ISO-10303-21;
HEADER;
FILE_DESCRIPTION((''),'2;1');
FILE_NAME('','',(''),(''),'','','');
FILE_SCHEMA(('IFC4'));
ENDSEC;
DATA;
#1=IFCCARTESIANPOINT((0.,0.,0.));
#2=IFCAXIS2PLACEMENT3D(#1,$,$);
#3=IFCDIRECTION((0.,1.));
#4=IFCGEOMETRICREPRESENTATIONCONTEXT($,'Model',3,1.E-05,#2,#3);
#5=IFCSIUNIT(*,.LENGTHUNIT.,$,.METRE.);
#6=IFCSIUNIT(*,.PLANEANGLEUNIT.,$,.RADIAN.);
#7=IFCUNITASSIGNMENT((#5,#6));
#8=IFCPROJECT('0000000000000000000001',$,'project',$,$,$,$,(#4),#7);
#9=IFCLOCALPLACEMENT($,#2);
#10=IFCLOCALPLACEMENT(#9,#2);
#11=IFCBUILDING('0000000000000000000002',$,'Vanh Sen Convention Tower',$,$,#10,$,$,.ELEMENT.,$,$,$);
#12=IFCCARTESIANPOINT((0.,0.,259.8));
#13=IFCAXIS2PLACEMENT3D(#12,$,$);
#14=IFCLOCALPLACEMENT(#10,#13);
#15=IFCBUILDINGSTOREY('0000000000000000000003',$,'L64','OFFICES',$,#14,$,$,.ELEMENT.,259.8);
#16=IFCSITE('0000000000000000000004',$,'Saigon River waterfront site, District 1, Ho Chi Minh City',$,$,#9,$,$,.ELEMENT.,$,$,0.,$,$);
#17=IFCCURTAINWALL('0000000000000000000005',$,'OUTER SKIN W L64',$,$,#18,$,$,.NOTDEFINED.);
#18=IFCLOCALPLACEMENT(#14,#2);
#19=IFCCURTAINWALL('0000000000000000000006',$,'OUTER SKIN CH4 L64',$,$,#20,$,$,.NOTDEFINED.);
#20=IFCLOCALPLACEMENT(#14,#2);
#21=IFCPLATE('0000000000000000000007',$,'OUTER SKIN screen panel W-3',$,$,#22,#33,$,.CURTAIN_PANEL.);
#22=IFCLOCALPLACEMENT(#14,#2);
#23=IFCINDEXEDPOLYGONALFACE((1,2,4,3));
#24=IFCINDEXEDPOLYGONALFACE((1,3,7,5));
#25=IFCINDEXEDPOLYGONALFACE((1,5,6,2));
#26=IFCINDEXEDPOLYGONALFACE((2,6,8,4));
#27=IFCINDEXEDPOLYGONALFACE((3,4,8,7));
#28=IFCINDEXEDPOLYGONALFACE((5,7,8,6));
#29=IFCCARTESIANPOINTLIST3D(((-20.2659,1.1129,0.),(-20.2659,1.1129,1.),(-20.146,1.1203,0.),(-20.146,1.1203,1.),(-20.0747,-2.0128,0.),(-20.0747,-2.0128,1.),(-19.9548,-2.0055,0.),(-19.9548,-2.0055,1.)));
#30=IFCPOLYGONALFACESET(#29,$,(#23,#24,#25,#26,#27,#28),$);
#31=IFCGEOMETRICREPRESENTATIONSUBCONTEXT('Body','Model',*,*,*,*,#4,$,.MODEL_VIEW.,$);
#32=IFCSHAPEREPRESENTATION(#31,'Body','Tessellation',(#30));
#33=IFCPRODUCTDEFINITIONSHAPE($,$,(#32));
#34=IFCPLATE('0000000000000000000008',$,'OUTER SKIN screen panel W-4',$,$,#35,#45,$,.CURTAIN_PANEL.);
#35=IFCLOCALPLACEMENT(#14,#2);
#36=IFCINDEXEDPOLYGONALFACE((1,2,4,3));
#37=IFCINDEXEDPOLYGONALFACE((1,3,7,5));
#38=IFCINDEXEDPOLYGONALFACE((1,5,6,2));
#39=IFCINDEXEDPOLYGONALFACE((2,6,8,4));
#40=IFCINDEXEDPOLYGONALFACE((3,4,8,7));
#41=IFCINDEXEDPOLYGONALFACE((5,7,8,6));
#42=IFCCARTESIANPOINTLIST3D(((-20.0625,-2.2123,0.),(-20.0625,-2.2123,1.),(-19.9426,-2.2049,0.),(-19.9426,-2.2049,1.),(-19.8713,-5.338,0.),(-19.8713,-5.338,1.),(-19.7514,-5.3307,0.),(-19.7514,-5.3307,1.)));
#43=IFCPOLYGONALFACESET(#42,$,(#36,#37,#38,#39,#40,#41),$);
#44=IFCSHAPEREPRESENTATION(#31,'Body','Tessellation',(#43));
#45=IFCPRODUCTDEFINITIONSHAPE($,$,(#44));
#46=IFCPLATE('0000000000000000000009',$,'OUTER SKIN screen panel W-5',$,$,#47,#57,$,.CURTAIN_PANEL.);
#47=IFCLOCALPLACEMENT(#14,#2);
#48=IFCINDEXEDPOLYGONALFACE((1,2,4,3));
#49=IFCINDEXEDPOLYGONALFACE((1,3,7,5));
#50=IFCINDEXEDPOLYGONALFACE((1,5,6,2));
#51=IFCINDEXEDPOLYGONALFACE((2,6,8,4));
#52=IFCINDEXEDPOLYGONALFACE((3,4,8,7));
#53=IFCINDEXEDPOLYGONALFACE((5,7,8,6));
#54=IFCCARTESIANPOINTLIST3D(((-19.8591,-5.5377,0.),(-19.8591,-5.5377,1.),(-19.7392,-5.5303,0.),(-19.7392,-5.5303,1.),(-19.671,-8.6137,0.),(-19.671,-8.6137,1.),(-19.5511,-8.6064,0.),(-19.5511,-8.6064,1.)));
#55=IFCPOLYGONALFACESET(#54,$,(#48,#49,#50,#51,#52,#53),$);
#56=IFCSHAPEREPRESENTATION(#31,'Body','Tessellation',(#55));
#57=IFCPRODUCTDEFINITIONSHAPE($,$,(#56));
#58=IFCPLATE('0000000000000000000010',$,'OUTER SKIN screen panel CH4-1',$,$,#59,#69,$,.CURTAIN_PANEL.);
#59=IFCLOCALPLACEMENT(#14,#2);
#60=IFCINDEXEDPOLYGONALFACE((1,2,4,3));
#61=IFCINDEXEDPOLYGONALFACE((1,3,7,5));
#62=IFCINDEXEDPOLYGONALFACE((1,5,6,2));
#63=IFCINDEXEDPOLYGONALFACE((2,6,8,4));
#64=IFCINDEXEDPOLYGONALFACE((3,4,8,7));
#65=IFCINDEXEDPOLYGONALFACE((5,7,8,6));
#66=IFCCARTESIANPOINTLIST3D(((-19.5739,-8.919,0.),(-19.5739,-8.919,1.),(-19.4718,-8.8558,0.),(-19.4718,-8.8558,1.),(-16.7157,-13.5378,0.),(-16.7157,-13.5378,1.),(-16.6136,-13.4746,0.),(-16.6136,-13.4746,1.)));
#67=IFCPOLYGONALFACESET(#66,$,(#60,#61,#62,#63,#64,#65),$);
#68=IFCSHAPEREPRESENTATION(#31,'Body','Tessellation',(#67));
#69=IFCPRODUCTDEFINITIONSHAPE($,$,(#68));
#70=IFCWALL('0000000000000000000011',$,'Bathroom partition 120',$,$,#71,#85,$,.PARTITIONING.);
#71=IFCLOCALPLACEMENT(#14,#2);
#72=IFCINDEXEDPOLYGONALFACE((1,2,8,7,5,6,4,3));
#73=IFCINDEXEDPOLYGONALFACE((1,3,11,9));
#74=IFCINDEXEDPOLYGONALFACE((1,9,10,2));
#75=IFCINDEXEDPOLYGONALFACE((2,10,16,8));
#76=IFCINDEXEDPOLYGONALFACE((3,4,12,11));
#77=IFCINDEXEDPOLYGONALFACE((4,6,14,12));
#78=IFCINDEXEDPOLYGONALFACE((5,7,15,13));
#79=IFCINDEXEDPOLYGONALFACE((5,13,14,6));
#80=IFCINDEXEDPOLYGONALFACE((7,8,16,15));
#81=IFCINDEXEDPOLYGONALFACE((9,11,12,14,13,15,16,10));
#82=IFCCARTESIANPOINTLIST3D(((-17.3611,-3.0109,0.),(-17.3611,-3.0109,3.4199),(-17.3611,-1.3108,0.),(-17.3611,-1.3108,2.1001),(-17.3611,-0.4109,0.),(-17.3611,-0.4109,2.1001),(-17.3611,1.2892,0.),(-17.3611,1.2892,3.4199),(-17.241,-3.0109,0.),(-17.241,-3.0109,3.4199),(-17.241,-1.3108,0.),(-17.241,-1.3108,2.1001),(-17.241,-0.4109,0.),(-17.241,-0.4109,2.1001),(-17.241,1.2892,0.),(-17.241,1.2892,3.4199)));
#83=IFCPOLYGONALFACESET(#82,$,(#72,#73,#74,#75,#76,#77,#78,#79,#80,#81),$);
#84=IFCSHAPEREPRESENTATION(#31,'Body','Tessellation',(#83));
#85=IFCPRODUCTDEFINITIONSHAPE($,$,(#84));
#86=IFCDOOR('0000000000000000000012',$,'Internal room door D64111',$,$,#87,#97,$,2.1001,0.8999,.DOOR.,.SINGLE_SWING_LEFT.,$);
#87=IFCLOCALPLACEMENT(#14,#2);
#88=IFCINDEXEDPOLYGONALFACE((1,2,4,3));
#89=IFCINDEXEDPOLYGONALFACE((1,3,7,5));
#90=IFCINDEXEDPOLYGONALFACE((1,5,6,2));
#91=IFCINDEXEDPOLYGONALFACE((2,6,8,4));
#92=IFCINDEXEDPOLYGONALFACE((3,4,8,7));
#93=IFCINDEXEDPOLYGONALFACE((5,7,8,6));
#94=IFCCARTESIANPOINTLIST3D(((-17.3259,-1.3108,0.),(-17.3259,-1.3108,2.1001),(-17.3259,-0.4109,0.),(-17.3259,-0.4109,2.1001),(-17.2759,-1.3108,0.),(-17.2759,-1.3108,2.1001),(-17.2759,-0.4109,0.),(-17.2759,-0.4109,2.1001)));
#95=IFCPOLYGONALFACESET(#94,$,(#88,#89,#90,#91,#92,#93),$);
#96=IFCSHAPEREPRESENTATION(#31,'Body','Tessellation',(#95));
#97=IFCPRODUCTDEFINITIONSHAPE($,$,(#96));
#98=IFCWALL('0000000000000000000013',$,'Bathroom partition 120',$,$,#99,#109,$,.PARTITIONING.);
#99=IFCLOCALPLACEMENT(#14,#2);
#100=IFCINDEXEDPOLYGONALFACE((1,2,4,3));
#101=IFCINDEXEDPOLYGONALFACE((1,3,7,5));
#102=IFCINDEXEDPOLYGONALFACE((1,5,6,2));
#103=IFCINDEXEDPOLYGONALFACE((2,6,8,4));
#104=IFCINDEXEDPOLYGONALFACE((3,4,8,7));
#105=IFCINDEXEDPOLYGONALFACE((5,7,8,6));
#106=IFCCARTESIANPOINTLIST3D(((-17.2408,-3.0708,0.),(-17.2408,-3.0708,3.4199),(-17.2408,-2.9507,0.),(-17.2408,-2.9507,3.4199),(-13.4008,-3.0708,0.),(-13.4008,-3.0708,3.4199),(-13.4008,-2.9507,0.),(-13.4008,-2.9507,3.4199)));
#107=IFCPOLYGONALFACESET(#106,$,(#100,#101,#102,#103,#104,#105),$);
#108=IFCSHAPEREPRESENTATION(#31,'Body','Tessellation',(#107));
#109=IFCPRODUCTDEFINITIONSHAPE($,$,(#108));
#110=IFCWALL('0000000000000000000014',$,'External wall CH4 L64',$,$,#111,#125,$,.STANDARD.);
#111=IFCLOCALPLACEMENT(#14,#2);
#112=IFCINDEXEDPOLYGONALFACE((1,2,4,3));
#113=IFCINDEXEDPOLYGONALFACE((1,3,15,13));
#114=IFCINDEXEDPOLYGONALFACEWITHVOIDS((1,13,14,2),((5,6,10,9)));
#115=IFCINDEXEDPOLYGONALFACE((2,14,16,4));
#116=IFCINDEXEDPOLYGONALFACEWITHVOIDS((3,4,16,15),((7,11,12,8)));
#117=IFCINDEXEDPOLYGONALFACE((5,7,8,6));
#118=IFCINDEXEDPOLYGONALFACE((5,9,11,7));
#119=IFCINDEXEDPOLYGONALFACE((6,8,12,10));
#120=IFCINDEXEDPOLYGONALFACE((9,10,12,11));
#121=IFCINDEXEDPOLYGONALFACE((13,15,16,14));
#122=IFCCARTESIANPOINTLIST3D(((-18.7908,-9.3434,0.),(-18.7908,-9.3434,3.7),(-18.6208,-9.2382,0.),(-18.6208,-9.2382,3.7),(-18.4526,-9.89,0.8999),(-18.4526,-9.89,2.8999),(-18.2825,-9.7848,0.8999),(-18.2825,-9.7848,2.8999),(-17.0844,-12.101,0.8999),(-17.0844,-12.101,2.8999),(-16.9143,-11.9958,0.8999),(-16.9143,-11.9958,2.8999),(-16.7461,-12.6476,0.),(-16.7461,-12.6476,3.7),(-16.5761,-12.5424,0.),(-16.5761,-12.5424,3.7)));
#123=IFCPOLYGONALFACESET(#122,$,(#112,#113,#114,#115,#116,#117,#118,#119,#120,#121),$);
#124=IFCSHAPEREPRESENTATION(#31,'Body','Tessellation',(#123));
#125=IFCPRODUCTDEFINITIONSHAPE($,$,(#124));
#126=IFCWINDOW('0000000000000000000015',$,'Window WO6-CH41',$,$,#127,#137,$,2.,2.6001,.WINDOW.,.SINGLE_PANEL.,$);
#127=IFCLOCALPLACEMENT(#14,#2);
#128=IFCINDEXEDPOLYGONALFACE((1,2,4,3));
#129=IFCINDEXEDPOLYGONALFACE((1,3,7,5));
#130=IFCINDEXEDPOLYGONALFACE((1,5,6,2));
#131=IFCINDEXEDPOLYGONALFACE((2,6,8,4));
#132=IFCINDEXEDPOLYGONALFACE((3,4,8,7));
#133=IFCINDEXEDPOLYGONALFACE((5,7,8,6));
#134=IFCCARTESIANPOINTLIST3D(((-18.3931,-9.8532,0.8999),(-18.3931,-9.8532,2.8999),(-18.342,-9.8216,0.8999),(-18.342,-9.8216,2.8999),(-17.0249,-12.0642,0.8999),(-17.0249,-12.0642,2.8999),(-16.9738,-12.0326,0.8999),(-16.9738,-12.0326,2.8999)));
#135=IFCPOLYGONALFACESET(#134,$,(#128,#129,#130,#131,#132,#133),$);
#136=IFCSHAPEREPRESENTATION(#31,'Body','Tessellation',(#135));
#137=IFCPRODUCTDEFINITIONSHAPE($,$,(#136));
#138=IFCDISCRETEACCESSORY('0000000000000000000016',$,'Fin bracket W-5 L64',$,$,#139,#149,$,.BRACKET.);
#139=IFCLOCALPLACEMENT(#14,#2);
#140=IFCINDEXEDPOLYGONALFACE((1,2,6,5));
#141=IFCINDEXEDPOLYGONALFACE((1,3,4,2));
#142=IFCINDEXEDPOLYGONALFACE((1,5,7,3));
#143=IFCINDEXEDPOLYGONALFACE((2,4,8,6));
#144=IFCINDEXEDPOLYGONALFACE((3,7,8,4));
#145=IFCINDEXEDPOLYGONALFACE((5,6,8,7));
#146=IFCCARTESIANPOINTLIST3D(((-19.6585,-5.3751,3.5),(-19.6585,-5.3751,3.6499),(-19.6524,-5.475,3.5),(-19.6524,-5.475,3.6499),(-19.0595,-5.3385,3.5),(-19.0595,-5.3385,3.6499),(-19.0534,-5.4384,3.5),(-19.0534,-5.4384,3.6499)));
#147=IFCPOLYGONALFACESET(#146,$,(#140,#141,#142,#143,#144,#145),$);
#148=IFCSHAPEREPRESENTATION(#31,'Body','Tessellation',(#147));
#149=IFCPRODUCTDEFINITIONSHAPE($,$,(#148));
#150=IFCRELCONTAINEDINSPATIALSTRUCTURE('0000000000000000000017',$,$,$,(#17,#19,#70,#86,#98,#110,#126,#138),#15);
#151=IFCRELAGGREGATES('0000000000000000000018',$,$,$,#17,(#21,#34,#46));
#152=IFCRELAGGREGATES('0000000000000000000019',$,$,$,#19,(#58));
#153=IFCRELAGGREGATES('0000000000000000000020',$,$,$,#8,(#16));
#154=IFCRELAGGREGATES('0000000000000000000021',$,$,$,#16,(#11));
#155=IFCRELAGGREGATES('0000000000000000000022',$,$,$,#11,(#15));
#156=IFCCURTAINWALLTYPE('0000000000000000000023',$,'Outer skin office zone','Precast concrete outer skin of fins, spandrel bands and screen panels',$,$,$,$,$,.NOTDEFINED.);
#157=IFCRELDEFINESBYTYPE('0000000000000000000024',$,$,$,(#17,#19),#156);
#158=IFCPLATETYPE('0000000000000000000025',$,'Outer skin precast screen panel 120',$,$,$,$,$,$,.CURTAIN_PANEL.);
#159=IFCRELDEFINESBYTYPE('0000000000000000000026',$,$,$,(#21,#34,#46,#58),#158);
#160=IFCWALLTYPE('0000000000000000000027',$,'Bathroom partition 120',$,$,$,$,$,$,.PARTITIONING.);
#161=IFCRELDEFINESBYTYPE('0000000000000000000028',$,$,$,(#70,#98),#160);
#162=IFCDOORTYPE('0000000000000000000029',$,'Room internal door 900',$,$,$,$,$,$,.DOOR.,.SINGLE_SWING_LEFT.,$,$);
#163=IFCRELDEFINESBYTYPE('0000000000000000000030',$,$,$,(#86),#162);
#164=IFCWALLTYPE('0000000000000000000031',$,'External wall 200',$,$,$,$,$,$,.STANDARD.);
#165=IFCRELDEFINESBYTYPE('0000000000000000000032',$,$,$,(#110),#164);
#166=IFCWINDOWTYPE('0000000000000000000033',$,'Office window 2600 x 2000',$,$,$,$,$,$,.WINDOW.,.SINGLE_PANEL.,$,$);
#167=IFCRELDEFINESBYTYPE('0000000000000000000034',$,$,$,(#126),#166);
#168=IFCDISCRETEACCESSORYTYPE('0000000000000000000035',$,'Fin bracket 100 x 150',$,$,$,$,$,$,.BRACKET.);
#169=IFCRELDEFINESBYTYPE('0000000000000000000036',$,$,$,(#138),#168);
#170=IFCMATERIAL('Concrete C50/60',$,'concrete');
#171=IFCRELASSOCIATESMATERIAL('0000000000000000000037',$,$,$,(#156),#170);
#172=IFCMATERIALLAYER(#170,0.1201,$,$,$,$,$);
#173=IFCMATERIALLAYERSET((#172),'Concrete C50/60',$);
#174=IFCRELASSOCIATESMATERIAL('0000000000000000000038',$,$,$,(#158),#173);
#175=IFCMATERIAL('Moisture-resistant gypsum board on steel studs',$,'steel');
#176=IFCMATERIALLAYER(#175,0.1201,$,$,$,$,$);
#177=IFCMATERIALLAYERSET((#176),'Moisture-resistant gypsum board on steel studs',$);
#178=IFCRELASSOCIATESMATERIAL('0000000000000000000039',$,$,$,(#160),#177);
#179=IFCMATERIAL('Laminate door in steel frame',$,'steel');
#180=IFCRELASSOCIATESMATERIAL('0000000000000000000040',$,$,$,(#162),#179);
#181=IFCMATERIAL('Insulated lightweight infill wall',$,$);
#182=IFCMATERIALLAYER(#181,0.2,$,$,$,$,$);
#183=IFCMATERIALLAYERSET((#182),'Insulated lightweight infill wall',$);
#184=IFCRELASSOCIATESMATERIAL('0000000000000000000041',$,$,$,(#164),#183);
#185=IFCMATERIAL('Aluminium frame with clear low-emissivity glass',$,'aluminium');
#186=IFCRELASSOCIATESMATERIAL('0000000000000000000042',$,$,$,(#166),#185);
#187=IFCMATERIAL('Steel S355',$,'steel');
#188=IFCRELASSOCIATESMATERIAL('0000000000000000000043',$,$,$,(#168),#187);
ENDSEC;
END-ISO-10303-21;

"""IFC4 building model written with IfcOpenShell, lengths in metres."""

from ifc_helpers import new_model, si_unit, direction, frame, frame_2d, origin, origin_2d, place, context, subcontext, project, spatial, rectangle, extrude, material, layer, layer_set, type_object, element, fill, aggregate, save


model = new_model("IFC4")

# Units and contexts
model_context = context("Model", 3, precision=1e-05, world=origin(), true_north=direction((0.0, 1.0)))
body_context = subcontext(model_context, "Body", "Model", "MODEL_VIEW")
ifc_project = project(units=[si_unit("LENGTHUNIT", "METRE"), si_unit("PLANEANGLEUNIT", "RADIAN")], contexts=[model_context])

# Site, building, storey
site_placement = place(None, origin())
site = spatial("IfcSite", under=ifc_project, at=site_placement, Name="Saigon River waterfront site, District 1, Ho Chi Minh City", CompositionType="ELEMENT", RefElevation=0.0)
building_placement = place(site_placement, origin())
building = spatial("IfcBuilding", under=site, at=building_placement, Name="Vanh Sen Convention Tower", CompositionType="ELEMENT")
storey_placement = place(building_placement, frame((0.0, 0.0, 259.8)))
storey = spatial("IfcBuildingStorey", under=building, at=storey_placement, Name="L64", Description="OFFICES", CompositionType="ELEMENT", Elevation=259.8)

# Curtain wall
ifc_material_1 = material(Name="Concrete C50/60", Category="concrete")
curtain_wall_type = type_object("IfcCurtainWallType", Name="Outer skin office zone", Description="Precast concrete outer skin of fins, spandrel bands and screen panels", PredefinedType="NOTDEFINED", material=ifc_material_1)
curtain_wall_1_placement = place(storey_placement, origin())
curtain_wall_1 = element("IfcCurtainWall", 1, at=curtain_wall_1_placement, inside=storey, type_object=curtain_wall_type, Name="OUTER SKIN W L64", PredefinedType="NOTDEFINED")

# Curtain wall
curtain_wall_2_placement = place(storey_placement, origin())
curtain_wall_2 = element("IfcCurtainWall", 2, at=curtain_wall_2_placement, inside=storey, type_object=curtain_wall_type, Name="OUTER SKIN CH4 L64", PredefinedType="NOTDEFINED")

# Plates
ifc_layer_1 = layer(ifc_material_1, 0.1201)
ifc_layer_set_1 = layer_set([ifc_layer_1], Name="Concrete C50/60")
plate_type = type_object("IfcPlateType", Name="Outer skin precast screen panel 120", PredefinedType="CURTAIN_PANEL", material=ifc_layer_set_1)
plate_1_placement = place(storey_placement, frame((-20.1104, -0.4463, 0.0), z_axis=(0.0, 0.0, 1.0), x_axis=(0.061052, -0.998135, 0.0)))
plate_1 = element("IfcPlate", 3, at=plate_1_placement, type_object=plate_type, Name="OUTER SKIN screen panel W-3", PredefinedType="CURTAIN_PANEL", context=body_context, shape_type="SweptSolid", body=[
    extrude(rectangle(XDim=3.1316, YDim=0.1201, at=origin_2d()), origin(), (0.0, 0.0, 1.0), 1.0),
])
plate_2_placement = place(storey_placement, frame((-19.907, -3.7715, 0.0), z_axis=(0.0, 0.0, 1.0), x_axis=(0.061052, -0.998135, 0.0)))
plate_2 = element("IfcPlate", 4, at=plate_2_placement, type_object=plate_type, Name="OUTER SKIN screen panel W-4", PredefinedType="CURTAIN_PANEL", context=body_context, shape_type="SweptSolid", body=[
    extrude(rectangle(XDim=3.1316, YDim=0.1201, at=origin_2d()), origin(), (0.0, 0.0, 1.0), 1.0),
])
plate_3_placement = place(storey_placement, frame((-19.7051, -7.072, 0.0), z_axis=(0.0, 0.0, 1.0), x_axis=(0.06105, -0.998135, 0.0)))
plate_3 = element("IfcPlate", 5, at=plate_3_placement, type_object=plate_type, Name="OUTER SKIN screen panel W-5", PredefinedType="CURTAIN_PANEL", context=body_context, shape_type="SweptSolid", body=[
    extrude(rectangle(XDim=3.0818, YDim=0.1201, at=origin_2d()), origin(), (0.0, 0.0, 1.0), 1.0),
])
aggregate(curtain_wall_1, [plate_1, plate_2, plate_3])
plate_4_placement = place(storey_placement, frame((-18.0938, -11.1968, 0.0), z_axis=(0.0, 0.0, 1.0), x_axis=(0.526211, -0.850354, 0.0)))
plate_4 = element("IfcPlate", 6, at=plate_4_placement, type_object=plate_type, Name="OUTER SKIN screen panel CH4-1", PredefinedType="CURTAIN_PANEL", context=body_context, shape_type="SweptSolid", body=[
    extrude(rectangle(XDim=5.4316, YDim=0.1201, at=origin_2d()), origin(), (0.0, 0.0, 1.0), 1.0),
])
aggregate(curtain_wall_2, [plate_4])

# Wall, opening, door
ifc_material_2 = material(Name="Moisture-resistant gypsum board on steel studs", Category="steel")
ifc_layer_2 = layer(ifc_material_2, 0.1201)
ifc_layer_set_2 = layer_set([ifc_layer_2], Name="Moisture-resistant gypsum board on steel studs")
wall_type_1 = type_object("IfcWallType", Name="Bathroom partition 120", PredefinedType="PARTITIONING", material=ifc_layer_set_2)
wall_1_placement = place(storey_placement, frame((-17.301, -3.0107, 0.0), z_axis=(0.0, 0.0, 1.0), x_axis=(0.0, 1.0, 0.0)))
wall_1 = element("IfcWall", 7, at=wall_1_placement, inside=storey, type_object=wall_type_1, Name="Bathroom partition 120", PredefinedType="PARTITIONING", context=body_context, shape_type="SweptSolid", body=[
    extrude(rectangle(XDim=4.3, YDim=0.1201, at=frame_2d((2.1499, 0.0))), origin(), (0.0, 0.0, 1.0), 3.4199),
])
opening_1_placement = place(wall_1_placement, frame((1.7, 0.0, 0.0)))
opening_1 = element("IfcOpeningElement", 8, at=opening_1_placement, cuts=wall_1, PredefinedType="OPENING", context=body_context, shape_type="SweptSolid", body=[
    extrude(rectangle(XDim=0.8999, YDim=2.1001, at=frame_2d((0.45, 1.05))), frame((0.0, 0.0701, 0.0), z_axis=(0.0, -1.0, 0.0), x_axis=(1.0, 0.0, 0.0)), (0.0, 0.0, 1.0), 0.1401),
])
ifc_material_3 = material(Name="Laminate door in steel frame", Category="steel")
door_type = type_object("IfcDoorType", Name="Room internal door 900", OperationType="SINGLE_SWING_LEFT", PredefinedType="DOOR", material=ifc_material_3)
door_placement = place(opening_1_placement, origin())
door = element("IfcDoor", 9, at=door_placement, inside=storey, type_object=door_type, Name="Internal room door D64111", OperationType="SINGLE_SWING_LEFT", OverallHeight=2.1001, OverallWidth=0.8999, PredefinedType="DOOR", context=body_context, shape_type="SweptSolid", body=[
    extrude(rectangle(XDim=0.8999, YDim=2.1001, at=frame_2d((0.45, 1.05))), frame((0.0, 0.0249, 0.0), z_axis=(0.0, -1.0, 0.0), x_axis=(1.0, 0.0, 0.0)), (0.0, 0.0, 1.0), 0.05),
])
fill(opening_1, door)

# Wall
wall_2_placement = place(storey_placement, frame((-13.4009, -3.0107, 0.0), z_axis=(0.0, 0.0, 1.0), x_axis=(-1.0, 0.0, 0.0)))
element("IfcWall", 10, at=wall_2_placement, inside=storey, type_object=wall_type_1, Name="Bathroom partition 120", PredefinedType="PARTITIONING", context=body_context, shape_type="SweptSolid", body=[
    extrude(rectangle(XDim=3.8401, YDim=0.1201, at=frame_2d((1.9199, 0.0))), origin(), (0.0, 0.0, 1.0), 3.4199),
])

# Wall, opening, window
ifc_material_4 = material(Name="Insulated lightweight infill wall")
ifc_layer_3 = layer(ifc_material_4, 0.2)
ifc_layer_set_3 = layer_set([ifc_layer_3], Name="Insulated lightweight infill wall")
wall_type_2 = type_object("IfcWallType", Name="External wall 200", PredefinedType="STANDARD", material=ifc_layer_set_3)
wall_3_placement = place(storey_placement, frame((-18.7058, -9.2908, 0.0), z_axis=(0.0, 0.0, 1.0), x_axis=(0.52621, -0.850355, 0.0)))
wall_3 = element("IfcWall", 11, at=wall_3_placement, inside=storey, type_object=wall_type_2, Name="External wall CH4 L64", PredefinedType="STANDARD", context=body_context, shape_type="SweptSolid", body=[
    extrude(rectangle(XDim=3.8857, YDim=0.2, at=frame_2d((1.9429, 0.0))), origin(), (0.0, 0.0, 1.0), 3.7),
])
opening_2_placement = place(wall_3_placement, frame((0.6428, 0.0, 0.8999)))
opening_2 = element("IfcOpeningElement", 12, at=opening_2_placement, cuts=wall_3, PredefinedType="OPENING", context=body_context, shape_type="SweptSolid", body=[
    extrude(rectangle(XDim=2.6001, YDim=2.0, at=frame_2d((1.3, 1.0))), frame((0.0, 0.1099, 0.0), z_axis=(0.0, -1.0, 0.0), x_axis=(1.0, 0.0, 0.0)), (0.0, 0.0, 1.0), 0.22),
])
ifc_material_5 = material(Name="Aluminium frame with clear low-emissivity glass", Category="aluminium")
window_type = type_object("IfcWindowType", Name="Office window 2600 x 2000", PartitioningType="SINGLE_PANEL", PredefinedType="WINDOW", material=ifc_material_5)
window_placement = place(opening_2_placement, origin())
window = element("IfcWindow", 13, at=window_placement, inside=storey, type_object=window_type, Name="Window WO6-CH41", OverallHeight=2.0, OverallWidth=2.6001, PartitioningType="SINGLE_PANEL", PredefinedType="WINDOW", context=body_context, shape_type="SweptSolid", body=[
    extrude(rectangle(XDim=2.6001, YDim=2.0, at=frame_2d((1.3, 1.0))), frame((0.0, 0.03, 0.0), z_axis=(0.0, -1.0, 0.0), x_axis=(1.0, 0.0, 0.0)), (0.0, 0.0, 1.0), 0.0601),
])
fill(opening_2, window)

# Discrete accessory
ifc_material_6 = material(Name="Steel S355", Category="steel")
discrete_accessory_type = type_object("IfcDiscreteAccessoryType", Name="Fin bracket 100 x 150", PredefinedType="BRACKET", material=ifc_material_6)
discrete_accessory_placement = place(storey_placement, frame((-19.356, -5.4067, 3.5), z_axis=(0.0, 0.0, 1.0), x_axis=(-0.998135, -0.061049, 0.0)))
element("IfcDiscreteAccessory", 14, at=discrete_accessory_placement, inside=storey, type_object=discrete_accessory_type, Name="Fin bracket W-5 L64", PredefinedType="BRACKET", context=body_context, shape_type="SweptSolid", body=[
    extrude(rectangle(XDim=0.6001, YDim=0.1001, at=origin_2d()), origin(), (0.0, 0.0, 1.0), 0.1499),
])

save(model, "model.ifc")
